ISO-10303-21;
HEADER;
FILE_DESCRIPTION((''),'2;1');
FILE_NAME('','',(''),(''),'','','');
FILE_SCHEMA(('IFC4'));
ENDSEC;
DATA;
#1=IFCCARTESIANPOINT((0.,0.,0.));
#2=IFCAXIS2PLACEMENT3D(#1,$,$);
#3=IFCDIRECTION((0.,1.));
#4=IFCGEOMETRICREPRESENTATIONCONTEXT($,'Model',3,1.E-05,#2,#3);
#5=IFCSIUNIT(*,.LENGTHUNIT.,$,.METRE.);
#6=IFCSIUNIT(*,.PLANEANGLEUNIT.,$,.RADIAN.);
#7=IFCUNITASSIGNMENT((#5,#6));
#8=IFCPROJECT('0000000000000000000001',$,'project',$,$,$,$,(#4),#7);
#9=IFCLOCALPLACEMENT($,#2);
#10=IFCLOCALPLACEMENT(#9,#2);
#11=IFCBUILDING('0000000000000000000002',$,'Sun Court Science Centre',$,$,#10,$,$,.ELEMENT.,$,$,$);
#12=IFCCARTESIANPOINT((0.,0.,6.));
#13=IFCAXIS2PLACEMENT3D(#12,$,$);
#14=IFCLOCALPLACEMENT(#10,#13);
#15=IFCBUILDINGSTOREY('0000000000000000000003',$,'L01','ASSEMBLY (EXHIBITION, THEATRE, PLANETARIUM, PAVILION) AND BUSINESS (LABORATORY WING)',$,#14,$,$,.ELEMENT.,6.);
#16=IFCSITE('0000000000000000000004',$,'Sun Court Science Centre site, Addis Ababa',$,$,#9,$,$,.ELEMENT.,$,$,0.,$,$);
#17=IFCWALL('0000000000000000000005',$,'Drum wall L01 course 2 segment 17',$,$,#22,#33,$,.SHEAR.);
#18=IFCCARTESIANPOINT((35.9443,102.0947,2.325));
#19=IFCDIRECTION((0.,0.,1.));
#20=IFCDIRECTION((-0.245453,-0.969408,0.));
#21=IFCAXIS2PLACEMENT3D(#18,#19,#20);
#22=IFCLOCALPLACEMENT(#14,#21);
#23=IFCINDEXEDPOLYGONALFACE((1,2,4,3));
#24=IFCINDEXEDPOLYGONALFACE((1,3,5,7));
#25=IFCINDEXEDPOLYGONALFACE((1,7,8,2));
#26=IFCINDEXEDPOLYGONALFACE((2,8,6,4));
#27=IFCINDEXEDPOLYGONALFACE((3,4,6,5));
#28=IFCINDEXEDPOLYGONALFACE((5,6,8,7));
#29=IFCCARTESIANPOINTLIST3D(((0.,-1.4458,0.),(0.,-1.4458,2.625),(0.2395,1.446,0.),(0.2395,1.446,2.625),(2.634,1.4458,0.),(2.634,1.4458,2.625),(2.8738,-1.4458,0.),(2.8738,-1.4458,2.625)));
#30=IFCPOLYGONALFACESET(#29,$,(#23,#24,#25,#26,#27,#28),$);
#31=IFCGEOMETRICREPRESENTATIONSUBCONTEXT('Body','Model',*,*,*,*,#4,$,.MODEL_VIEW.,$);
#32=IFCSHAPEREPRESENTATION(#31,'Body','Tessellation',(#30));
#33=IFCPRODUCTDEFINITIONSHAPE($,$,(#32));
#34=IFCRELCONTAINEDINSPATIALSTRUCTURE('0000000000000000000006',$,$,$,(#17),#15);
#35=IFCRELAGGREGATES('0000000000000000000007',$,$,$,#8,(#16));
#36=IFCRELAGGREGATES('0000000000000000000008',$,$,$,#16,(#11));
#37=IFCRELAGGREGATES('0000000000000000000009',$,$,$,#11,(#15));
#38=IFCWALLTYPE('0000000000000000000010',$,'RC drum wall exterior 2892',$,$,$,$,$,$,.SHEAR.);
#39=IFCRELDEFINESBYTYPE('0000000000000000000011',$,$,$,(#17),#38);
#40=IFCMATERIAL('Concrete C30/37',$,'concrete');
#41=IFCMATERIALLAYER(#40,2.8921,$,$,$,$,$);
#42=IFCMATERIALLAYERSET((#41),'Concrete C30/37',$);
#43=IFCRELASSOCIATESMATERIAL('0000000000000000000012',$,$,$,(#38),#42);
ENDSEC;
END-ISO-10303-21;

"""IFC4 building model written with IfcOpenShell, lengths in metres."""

from ifc_helpers import new_model, si_unit, direction, frame, origin, place, context, subcontext, project, spatial, polyline, outline, extrude, material, layer, layer_set, type_object, element, save


model = new_model("IFC4")

# Units and contexts
model_context = context("Model", 3, precision=1e-05, world=origin(), true_north=direction((0.0, 1.0)))
body_context = subcontext(model_context, "Body", "Model", "MODEL_VIEW")
ifc_project = project(units=[si_unit("LENGTHUNIT", "METRE"), si_unit("PLANEANGLEUNIT", "RADIAN")], contexts=[model_context])

# Site, building, storey
site_placement = place(None, origin())
site = spatial("IfcSite", under=ifc_project, at=site_placement, Name="Sun Court Science Centre site, Addis Ababa", CompositionType="ELEMENT", RefElevation=0.0)
building_placement = place(site_placement, origin())
building = spatial("IfcBuilding", under=site, at=building_placement, Name="Sun Court Science Centre", CompositionType="ELEMENT")
storey_placement = place(building_placement, frame((0.0, 0.0, 6.0)))
storey = spatial("IfcBuildingStorey", under=building, at=storey_placement, Name="L01", Description="ASSEMBLY (EXHIBITION, THEATRE, PLANETARIUM, PAVILION) AND BUSINESS (LABORATORY WING)", CompositionType="ELEMENT", Elevation=6.0)

# Wall
ifc_material_1 = material(Name="Concrete C30/37", Category="concrete")
ifc_layer_1 = layer(ifc_material_1, 2.8921)
ifc_layer_set_1 = layer_set([ifc_layer_1], Name="Concrete C30/37")
wall_type_1 = type_object("IfcWallType", Name="RC drum wall exterior 2892", PredefinedType="SHEAR", material=ifc_layer_set_1)
wall_1_placement = place(storey_placement, frame((35.9443, 102.0947, 2.325), z_axis=(0.0, 0.0, 1.0), x_axis=(-0.245453, -0.969408, 0.0)))
element("IfcWall", 1, at=wall_1_placement, inside=storey, type_object=wall_type_1, Name="Drum wall L01 course 2 segment 17", PredefinedType="SHEAR", context=body_context, shape_type="SweptSolid", body=[
    extrude(outline(polyline([(0.0, -1.4458), (2.8738, -1.4458), (2.634, 1.4458), (0.2395, 1.446), (0.0, -1.4458)])), origin(), (0.0, 0.0, 1.0), 2.625),
])

save(model, "model.ifc")
